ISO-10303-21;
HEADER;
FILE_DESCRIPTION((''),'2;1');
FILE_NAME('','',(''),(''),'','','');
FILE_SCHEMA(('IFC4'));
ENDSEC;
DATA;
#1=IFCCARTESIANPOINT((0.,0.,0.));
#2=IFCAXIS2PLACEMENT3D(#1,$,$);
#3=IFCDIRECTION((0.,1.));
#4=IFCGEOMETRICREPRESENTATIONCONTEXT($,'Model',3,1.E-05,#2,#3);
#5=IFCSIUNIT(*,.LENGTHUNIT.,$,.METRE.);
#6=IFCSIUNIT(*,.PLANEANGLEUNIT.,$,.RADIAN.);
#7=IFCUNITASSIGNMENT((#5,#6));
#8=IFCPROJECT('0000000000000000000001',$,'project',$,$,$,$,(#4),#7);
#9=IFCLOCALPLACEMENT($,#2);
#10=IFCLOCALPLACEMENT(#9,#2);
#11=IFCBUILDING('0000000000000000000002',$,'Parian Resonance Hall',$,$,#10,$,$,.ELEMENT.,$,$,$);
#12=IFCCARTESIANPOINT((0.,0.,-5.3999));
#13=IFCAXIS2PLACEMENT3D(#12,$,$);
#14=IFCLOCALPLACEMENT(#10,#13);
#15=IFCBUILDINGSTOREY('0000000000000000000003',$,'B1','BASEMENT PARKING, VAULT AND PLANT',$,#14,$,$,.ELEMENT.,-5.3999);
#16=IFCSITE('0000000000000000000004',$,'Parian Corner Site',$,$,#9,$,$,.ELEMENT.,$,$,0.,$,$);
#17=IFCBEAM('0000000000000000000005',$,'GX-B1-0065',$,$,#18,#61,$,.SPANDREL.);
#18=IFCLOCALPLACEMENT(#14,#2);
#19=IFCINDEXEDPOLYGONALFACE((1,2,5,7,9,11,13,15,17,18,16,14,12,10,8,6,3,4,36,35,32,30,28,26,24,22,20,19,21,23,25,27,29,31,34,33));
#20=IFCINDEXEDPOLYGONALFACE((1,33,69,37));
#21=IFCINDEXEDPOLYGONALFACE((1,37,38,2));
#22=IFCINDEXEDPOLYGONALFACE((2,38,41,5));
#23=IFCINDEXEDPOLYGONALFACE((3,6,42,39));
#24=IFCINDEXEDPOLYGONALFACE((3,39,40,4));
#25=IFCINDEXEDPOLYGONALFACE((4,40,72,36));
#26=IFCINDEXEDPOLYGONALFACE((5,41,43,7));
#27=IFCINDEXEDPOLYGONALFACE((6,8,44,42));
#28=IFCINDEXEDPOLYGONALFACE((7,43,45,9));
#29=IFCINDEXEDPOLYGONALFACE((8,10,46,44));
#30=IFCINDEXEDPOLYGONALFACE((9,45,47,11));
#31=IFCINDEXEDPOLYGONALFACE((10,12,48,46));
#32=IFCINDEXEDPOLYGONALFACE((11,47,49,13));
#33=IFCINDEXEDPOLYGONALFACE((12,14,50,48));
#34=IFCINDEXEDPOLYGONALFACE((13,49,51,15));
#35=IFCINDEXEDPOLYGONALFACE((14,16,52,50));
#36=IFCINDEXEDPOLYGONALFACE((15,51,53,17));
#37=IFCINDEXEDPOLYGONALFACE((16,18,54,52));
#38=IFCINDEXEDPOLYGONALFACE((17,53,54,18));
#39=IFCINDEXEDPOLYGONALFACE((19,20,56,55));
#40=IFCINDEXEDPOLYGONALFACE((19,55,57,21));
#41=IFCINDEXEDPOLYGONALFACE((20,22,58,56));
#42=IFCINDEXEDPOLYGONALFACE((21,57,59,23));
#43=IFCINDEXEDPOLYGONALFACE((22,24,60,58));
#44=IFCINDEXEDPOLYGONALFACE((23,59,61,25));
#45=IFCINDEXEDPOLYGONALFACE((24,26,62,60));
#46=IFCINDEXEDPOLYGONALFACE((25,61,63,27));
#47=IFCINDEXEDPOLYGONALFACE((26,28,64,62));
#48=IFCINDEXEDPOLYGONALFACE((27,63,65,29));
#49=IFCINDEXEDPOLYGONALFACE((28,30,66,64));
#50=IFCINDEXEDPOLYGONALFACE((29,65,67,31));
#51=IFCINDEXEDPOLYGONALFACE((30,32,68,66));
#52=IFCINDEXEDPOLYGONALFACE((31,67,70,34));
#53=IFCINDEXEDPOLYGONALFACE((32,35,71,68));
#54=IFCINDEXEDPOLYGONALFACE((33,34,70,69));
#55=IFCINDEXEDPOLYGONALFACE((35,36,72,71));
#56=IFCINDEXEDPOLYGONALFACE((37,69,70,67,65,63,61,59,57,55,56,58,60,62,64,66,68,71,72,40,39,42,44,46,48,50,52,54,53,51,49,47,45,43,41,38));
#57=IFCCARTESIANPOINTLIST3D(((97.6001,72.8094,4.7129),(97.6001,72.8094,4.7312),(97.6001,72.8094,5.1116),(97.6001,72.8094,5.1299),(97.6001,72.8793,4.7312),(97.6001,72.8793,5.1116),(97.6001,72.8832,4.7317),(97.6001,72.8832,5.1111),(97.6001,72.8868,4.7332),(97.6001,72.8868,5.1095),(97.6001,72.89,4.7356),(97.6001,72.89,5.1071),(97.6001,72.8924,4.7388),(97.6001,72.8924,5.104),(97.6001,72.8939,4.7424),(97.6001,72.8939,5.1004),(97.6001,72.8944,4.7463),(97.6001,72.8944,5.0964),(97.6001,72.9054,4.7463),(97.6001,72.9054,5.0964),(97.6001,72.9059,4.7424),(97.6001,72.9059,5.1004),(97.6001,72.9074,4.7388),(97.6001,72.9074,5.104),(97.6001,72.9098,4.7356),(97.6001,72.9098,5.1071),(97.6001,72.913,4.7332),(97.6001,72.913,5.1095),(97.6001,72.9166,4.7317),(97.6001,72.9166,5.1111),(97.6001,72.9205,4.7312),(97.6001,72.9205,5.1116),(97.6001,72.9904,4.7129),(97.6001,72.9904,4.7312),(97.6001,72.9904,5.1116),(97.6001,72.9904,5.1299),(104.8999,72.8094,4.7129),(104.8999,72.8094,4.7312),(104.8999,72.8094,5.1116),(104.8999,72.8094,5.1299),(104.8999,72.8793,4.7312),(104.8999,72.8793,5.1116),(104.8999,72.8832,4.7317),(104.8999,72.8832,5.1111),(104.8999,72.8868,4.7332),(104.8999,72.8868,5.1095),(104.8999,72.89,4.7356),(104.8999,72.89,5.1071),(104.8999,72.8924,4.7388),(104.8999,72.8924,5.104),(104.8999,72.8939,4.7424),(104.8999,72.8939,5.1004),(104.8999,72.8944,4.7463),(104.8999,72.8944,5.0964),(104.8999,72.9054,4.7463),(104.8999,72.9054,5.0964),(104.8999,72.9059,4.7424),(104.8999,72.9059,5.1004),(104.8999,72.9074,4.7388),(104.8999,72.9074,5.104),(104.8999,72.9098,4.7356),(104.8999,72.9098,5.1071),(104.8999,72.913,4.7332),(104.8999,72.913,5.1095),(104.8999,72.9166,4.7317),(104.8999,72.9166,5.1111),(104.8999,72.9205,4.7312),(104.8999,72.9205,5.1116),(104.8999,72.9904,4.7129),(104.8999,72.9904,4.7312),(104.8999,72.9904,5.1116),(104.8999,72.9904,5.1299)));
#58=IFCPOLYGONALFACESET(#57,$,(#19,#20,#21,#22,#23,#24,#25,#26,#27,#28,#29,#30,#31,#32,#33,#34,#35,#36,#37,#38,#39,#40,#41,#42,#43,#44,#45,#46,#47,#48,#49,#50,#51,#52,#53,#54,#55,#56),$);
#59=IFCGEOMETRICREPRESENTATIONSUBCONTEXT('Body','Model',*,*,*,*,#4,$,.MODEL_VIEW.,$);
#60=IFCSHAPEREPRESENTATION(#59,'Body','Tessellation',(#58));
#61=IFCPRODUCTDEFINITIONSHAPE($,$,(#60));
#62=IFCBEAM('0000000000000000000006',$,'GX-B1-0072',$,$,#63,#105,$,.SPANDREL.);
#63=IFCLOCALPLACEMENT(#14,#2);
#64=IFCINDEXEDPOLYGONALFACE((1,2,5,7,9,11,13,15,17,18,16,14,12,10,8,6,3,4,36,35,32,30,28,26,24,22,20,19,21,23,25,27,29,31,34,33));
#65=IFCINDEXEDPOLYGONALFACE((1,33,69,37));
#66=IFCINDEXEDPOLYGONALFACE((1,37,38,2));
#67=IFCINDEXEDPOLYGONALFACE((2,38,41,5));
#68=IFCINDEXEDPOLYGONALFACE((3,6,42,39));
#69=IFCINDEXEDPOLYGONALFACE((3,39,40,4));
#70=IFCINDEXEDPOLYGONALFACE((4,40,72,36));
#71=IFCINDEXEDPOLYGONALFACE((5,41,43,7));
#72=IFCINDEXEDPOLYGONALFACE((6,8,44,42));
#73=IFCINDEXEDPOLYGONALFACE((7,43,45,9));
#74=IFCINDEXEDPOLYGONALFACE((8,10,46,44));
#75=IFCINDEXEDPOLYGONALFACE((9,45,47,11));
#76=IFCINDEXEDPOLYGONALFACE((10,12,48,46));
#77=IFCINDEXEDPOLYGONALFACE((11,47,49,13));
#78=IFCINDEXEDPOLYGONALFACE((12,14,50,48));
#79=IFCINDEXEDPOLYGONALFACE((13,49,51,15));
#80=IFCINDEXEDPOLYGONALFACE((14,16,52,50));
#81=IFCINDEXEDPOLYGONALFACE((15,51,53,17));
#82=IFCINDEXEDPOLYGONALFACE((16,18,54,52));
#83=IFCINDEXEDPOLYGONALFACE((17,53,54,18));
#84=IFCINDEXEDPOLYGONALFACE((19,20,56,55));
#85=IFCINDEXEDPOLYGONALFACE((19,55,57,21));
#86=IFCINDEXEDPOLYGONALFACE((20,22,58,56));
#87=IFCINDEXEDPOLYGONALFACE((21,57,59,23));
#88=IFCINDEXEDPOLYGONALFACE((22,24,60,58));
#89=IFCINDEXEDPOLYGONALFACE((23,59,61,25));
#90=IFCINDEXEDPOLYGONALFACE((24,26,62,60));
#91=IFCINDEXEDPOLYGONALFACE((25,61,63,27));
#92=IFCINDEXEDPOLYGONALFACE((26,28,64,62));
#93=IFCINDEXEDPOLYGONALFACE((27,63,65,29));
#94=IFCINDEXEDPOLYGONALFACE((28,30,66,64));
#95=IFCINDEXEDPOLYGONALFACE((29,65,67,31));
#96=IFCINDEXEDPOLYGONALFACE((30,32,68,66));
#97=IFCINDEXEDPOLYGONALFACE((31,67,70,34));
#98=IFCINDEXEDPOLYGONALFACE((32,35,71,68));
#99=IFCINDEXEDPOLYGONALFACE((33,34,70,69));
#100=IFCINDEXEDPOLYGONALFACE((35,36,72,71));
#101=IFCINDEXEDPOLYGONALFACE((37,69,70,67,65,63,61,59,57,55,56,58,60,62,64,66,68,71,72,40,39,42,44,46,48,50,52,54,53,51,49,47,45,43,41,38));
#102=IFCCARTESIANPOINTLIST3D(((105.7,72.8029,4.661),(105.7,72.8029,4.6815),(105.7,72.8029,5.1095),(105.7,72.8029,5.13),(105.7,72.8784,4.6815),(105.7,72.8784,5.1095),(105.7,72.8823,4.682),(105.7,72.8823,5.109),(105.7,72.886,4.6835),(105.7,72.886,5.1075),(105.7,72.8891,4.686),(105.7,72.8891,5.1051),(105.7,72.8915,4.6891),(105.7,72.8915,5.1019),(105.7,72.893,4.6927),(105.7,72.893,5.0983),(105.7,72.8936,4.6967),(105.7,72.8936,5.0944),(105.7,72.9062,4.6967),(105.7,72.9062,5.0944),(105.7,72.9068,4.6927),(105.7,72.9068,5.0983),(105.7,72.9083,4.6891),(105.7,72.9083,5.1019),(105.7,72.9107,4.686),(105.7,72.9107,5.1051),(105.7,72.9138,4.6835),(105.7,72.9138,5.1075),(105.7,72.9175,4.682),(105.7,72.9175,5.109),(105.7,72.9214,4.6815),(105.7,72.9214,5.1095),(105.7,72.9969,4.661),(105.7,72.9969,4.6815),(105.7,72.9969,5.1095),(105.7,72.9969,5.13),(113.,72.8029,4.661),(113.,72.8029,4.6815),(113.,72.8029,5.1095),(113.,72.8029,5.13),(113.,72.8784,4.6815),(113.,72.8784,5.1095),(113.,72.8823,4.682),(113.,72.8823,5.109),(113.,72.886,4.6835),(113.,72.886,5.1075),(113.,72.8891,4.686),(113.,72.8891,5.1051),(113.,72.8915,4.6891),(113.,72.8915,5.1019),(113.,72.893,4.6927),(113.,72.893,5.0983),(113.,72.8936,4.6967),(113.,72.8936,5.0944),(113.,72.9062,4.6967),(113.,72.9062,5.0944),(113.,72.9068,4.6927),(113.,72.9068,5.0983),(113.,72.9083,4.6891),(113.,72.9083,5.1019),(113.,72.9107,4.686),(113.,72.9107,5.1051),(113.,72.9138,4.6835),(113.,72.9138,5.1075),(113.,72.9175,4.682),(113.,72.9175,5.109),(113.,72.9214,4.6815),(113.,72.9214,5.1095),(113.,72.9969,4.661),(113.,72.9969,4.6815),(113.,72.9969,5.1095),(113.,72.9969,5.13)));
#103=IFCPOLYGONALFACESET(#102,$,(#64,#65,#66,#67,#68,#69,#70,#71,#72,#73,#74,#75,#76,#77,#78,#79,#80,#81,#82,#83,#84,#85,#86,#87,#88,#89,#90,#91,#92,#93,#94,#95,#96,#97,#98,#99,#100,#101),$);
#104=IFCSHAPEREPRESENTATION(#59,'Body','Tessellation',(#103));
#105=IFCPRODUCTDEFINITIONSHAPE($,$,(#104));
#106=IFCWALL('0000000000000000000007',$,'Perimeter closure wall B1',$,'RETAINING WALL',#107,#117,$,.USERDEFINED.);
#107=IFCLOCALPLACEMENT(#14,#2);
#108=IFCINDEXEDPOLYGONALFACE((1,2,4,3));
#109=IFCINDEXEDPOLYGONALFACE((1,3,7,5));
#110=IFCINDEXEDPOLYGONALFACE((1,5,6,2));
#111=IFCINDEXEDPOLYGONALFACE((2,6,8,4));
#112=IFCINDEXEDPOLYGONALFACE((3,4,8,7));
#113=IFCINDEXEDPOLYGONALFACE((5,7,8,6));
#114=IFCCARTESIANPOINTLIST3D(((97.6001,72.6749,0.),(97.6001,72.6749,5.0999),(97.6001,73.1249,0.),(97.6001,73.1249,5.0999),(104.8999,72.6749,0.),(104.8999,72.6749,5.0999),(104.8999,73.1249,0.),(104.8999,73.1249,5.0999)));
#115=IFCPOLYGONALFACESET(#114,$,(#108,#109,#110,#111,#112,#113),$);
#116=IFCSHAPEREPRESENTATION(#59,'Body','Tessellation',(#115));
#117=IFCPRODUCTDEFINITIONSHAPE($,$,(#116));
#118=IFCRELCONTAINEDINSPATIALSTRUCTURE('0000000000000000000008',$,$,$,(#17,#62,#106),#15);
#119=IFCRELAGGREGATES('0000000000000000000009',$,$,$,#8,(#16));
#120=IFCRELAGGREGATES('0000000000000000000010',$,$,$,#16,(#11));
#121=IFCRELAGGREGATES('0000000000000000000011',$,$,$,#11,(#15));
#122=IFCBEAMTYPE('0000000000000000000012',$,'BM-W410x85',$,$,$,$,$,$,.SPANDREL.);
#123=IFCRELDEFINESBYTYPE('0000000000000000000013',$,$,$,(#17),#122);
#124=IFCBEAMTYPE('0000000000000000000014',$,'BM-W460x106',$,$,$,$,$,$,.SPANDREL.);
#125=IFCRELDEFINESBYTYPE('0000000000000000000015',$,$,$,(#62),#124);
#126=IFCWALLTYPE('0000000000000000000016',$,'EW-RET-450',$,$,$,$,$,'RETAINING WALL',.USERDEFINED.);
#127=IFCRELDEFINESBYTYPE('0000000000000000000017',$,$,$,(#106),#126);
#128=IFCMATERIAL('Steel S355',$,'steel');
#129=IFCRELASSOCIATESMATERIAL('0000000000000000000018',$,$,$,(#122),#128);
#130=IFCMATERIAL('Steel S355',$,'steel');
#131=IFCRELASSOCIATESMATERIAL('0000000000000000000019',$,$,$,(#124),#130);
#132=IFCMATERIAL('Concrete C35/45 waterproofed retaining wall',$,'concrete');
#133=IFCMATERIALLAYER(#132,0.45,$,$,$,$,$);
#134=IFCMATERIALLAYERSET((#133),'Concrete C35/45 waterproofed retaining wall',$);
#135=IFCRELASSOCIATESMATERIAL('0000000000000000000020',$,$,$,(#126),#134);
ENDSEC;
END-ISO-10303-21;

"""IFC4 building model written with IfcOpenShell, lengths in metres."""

from ifc_helpers import new_model, si_unit, direction, frame, frame_2d, origin, origin_2d, place, context, subcontext, project, spatial, rectangle, i_section, extrude, material, layer, layer_set, material_profile, profile_set, type_object, element, save


model = new_model("IFC4")

# Units and contexts
model_context = context("Model", 3, precision=1e-05, world=origin(), true_north=direction((0.0, 1.0)))
body_context = subcontext(model_context, "Body", "Model", "MODEL_VIEW")
ifc_project = project(units=[si_unit("LENGTHUNIT", "METRE"), si_unit("PLANEANGLEUNIT", "RADIAN")], contexts=[model_context])

# Site, building, storey
site_placement = place(None, origin())
site = spatial("IfcSite", under=ifc_project, at=site_placement, Name="Parian Corner Site", CompositionType="ELEMENT", RefElevation=0.0)
building_placement = place(site_placement, origin())
building = spatial("IfcBuilding", under=site, at=building_placement, Name="Parian Resonance Hall", CompositionType="ELEMENT")
storey_placement = place(building_placement, frame((0.0, 0.0, -5.3999)))
storey = spatial("IfcBuildingStorey", under=building, at=storey_placement, Name="B1", Description="BASEMENT PARKING, VAULT AND PLANT", CompositionType="ELEMENT", Elevation=-5.3999)

# Beams
ifc_material_1 = material(Name="Steel S355", Category="steel")
ifc_material_profile_1 = material_profile(ifc_material_1, i_section(OverallWidth=0.1809, OverallDepth=0.417, WebThickness=0.011, FlangeThickness=0.0183, FilletRadius=0.0151, at=origin_2d()), Name="W410x85")
ifc_profile_set_1 = profile_set([ifc_material_profile_1], Name="Steel S355")
beam_type_1 = type_object("IfcBeamType", Name="BM-W410x85", PredefinedType="SPANDREL", material=ifc_profile_set_1)
beam_1_placement = place(storey_placement, frame((97.6001, 72.8999, 4.9214), z_axis=(1.0, 0.0, 0.0), x_axis=(0.0, 1.0, 0.0)))
element("IfcBeam", 1, at=beam_1_placement, inside=storey, type_object=beam_type_1, Name="GX-B1-0065", PredefinedType="SPANDREL", context=body_context, shape_type="SweptSolid", body=[
    extrude(i_section(OverallWidth=0.1809, OverallDepth=0.417, WebThickness=0.011, FlangeThickness=0.0183, FilletRadius=0.0151, at=origin_2d()), origin(), (0.0, 0.0, 1.0), 7.2998),
])
ifc_material_2 = material(Name="Steel S355", Category="steel")
ifc_material_profile_2 = material_profile(ifc_material_2, i_section(OverallWidth=0.1941, OverallDepth=0.469, WebThickness=0.0127, FlangeThickness=0.0205, FilletRadius=0.0151, at=origin_2d()), Name="W460x106")
ifc_profile_set_2 = profile_set([ifc_material_profile_2], Name="Steel S355")
beam_type_2 = type_object("IfcBeamType", Name="BM-W460x106", PredefinedType="SPANDREL", material=ifc_profile_set_2)
beam_2_placement = place(storey_placement, frame((105.7, 72.8999, 4.8955), z_axis=(1.0, 0.0, 0.0), x_axis=(0.0, 1.0, 0.0)))
element("IfcBeam", 2, at=beam_2_placement, inside=storey, type_object=beam_type_2, Name="GX-B1-0072", PredefinedType="SPANDREL", context=body_context, shape_type="SweptSolid", body=[
    extrude(i_section(OverallWidth=0.1941, OverallDepth=0.469, WebThickness=0.0127, FlangeThickness=0.0205, FilletRadius=0.0151, at=origin_2d()), origin(), (0.0, 0.0, 1.0), 7.3),
])

# Wall
ifc_material_3 = material(Name="Concrete C35/45 waterproofed retaining wall", Category="concrete")
ifc_layer = layer(ifc_material_3, 0.45)
ifc_layer_set = layer_set([ifc_layer], Name="Concrete C35/45 waterproofed retaining wall")
wall_type = type_object("IfcWallType", Name="EW-RET-450", ElementType="RETAINING WALL", PredefinedType="USERDEFINED", material=ifc_layer_set)
wall_placement = place(storey_placement, frame((97.6001, 72.8999, 0.0), z_axis=(0.0, 0.0, 1.0), x_axis=(1.0, 0.0, 0.0)))
element("IfcWall", 3, at=wall_placement, inside=storey, type_object=wall_type, Name="Perimeter closure wall B1", ObjectType="RETAINING WALL", PredefinedType="USERDEFINED", context=body_context, shape_type="SweptSolid", body=[
    extrude(rectangle(XDim=7.2998, YDim=0.45, at=frame_2d((3.6499, 0.0))), origin(), (0.0, 0.0, 1.0), 5.0999),
])

save(model, "model.ifc")
